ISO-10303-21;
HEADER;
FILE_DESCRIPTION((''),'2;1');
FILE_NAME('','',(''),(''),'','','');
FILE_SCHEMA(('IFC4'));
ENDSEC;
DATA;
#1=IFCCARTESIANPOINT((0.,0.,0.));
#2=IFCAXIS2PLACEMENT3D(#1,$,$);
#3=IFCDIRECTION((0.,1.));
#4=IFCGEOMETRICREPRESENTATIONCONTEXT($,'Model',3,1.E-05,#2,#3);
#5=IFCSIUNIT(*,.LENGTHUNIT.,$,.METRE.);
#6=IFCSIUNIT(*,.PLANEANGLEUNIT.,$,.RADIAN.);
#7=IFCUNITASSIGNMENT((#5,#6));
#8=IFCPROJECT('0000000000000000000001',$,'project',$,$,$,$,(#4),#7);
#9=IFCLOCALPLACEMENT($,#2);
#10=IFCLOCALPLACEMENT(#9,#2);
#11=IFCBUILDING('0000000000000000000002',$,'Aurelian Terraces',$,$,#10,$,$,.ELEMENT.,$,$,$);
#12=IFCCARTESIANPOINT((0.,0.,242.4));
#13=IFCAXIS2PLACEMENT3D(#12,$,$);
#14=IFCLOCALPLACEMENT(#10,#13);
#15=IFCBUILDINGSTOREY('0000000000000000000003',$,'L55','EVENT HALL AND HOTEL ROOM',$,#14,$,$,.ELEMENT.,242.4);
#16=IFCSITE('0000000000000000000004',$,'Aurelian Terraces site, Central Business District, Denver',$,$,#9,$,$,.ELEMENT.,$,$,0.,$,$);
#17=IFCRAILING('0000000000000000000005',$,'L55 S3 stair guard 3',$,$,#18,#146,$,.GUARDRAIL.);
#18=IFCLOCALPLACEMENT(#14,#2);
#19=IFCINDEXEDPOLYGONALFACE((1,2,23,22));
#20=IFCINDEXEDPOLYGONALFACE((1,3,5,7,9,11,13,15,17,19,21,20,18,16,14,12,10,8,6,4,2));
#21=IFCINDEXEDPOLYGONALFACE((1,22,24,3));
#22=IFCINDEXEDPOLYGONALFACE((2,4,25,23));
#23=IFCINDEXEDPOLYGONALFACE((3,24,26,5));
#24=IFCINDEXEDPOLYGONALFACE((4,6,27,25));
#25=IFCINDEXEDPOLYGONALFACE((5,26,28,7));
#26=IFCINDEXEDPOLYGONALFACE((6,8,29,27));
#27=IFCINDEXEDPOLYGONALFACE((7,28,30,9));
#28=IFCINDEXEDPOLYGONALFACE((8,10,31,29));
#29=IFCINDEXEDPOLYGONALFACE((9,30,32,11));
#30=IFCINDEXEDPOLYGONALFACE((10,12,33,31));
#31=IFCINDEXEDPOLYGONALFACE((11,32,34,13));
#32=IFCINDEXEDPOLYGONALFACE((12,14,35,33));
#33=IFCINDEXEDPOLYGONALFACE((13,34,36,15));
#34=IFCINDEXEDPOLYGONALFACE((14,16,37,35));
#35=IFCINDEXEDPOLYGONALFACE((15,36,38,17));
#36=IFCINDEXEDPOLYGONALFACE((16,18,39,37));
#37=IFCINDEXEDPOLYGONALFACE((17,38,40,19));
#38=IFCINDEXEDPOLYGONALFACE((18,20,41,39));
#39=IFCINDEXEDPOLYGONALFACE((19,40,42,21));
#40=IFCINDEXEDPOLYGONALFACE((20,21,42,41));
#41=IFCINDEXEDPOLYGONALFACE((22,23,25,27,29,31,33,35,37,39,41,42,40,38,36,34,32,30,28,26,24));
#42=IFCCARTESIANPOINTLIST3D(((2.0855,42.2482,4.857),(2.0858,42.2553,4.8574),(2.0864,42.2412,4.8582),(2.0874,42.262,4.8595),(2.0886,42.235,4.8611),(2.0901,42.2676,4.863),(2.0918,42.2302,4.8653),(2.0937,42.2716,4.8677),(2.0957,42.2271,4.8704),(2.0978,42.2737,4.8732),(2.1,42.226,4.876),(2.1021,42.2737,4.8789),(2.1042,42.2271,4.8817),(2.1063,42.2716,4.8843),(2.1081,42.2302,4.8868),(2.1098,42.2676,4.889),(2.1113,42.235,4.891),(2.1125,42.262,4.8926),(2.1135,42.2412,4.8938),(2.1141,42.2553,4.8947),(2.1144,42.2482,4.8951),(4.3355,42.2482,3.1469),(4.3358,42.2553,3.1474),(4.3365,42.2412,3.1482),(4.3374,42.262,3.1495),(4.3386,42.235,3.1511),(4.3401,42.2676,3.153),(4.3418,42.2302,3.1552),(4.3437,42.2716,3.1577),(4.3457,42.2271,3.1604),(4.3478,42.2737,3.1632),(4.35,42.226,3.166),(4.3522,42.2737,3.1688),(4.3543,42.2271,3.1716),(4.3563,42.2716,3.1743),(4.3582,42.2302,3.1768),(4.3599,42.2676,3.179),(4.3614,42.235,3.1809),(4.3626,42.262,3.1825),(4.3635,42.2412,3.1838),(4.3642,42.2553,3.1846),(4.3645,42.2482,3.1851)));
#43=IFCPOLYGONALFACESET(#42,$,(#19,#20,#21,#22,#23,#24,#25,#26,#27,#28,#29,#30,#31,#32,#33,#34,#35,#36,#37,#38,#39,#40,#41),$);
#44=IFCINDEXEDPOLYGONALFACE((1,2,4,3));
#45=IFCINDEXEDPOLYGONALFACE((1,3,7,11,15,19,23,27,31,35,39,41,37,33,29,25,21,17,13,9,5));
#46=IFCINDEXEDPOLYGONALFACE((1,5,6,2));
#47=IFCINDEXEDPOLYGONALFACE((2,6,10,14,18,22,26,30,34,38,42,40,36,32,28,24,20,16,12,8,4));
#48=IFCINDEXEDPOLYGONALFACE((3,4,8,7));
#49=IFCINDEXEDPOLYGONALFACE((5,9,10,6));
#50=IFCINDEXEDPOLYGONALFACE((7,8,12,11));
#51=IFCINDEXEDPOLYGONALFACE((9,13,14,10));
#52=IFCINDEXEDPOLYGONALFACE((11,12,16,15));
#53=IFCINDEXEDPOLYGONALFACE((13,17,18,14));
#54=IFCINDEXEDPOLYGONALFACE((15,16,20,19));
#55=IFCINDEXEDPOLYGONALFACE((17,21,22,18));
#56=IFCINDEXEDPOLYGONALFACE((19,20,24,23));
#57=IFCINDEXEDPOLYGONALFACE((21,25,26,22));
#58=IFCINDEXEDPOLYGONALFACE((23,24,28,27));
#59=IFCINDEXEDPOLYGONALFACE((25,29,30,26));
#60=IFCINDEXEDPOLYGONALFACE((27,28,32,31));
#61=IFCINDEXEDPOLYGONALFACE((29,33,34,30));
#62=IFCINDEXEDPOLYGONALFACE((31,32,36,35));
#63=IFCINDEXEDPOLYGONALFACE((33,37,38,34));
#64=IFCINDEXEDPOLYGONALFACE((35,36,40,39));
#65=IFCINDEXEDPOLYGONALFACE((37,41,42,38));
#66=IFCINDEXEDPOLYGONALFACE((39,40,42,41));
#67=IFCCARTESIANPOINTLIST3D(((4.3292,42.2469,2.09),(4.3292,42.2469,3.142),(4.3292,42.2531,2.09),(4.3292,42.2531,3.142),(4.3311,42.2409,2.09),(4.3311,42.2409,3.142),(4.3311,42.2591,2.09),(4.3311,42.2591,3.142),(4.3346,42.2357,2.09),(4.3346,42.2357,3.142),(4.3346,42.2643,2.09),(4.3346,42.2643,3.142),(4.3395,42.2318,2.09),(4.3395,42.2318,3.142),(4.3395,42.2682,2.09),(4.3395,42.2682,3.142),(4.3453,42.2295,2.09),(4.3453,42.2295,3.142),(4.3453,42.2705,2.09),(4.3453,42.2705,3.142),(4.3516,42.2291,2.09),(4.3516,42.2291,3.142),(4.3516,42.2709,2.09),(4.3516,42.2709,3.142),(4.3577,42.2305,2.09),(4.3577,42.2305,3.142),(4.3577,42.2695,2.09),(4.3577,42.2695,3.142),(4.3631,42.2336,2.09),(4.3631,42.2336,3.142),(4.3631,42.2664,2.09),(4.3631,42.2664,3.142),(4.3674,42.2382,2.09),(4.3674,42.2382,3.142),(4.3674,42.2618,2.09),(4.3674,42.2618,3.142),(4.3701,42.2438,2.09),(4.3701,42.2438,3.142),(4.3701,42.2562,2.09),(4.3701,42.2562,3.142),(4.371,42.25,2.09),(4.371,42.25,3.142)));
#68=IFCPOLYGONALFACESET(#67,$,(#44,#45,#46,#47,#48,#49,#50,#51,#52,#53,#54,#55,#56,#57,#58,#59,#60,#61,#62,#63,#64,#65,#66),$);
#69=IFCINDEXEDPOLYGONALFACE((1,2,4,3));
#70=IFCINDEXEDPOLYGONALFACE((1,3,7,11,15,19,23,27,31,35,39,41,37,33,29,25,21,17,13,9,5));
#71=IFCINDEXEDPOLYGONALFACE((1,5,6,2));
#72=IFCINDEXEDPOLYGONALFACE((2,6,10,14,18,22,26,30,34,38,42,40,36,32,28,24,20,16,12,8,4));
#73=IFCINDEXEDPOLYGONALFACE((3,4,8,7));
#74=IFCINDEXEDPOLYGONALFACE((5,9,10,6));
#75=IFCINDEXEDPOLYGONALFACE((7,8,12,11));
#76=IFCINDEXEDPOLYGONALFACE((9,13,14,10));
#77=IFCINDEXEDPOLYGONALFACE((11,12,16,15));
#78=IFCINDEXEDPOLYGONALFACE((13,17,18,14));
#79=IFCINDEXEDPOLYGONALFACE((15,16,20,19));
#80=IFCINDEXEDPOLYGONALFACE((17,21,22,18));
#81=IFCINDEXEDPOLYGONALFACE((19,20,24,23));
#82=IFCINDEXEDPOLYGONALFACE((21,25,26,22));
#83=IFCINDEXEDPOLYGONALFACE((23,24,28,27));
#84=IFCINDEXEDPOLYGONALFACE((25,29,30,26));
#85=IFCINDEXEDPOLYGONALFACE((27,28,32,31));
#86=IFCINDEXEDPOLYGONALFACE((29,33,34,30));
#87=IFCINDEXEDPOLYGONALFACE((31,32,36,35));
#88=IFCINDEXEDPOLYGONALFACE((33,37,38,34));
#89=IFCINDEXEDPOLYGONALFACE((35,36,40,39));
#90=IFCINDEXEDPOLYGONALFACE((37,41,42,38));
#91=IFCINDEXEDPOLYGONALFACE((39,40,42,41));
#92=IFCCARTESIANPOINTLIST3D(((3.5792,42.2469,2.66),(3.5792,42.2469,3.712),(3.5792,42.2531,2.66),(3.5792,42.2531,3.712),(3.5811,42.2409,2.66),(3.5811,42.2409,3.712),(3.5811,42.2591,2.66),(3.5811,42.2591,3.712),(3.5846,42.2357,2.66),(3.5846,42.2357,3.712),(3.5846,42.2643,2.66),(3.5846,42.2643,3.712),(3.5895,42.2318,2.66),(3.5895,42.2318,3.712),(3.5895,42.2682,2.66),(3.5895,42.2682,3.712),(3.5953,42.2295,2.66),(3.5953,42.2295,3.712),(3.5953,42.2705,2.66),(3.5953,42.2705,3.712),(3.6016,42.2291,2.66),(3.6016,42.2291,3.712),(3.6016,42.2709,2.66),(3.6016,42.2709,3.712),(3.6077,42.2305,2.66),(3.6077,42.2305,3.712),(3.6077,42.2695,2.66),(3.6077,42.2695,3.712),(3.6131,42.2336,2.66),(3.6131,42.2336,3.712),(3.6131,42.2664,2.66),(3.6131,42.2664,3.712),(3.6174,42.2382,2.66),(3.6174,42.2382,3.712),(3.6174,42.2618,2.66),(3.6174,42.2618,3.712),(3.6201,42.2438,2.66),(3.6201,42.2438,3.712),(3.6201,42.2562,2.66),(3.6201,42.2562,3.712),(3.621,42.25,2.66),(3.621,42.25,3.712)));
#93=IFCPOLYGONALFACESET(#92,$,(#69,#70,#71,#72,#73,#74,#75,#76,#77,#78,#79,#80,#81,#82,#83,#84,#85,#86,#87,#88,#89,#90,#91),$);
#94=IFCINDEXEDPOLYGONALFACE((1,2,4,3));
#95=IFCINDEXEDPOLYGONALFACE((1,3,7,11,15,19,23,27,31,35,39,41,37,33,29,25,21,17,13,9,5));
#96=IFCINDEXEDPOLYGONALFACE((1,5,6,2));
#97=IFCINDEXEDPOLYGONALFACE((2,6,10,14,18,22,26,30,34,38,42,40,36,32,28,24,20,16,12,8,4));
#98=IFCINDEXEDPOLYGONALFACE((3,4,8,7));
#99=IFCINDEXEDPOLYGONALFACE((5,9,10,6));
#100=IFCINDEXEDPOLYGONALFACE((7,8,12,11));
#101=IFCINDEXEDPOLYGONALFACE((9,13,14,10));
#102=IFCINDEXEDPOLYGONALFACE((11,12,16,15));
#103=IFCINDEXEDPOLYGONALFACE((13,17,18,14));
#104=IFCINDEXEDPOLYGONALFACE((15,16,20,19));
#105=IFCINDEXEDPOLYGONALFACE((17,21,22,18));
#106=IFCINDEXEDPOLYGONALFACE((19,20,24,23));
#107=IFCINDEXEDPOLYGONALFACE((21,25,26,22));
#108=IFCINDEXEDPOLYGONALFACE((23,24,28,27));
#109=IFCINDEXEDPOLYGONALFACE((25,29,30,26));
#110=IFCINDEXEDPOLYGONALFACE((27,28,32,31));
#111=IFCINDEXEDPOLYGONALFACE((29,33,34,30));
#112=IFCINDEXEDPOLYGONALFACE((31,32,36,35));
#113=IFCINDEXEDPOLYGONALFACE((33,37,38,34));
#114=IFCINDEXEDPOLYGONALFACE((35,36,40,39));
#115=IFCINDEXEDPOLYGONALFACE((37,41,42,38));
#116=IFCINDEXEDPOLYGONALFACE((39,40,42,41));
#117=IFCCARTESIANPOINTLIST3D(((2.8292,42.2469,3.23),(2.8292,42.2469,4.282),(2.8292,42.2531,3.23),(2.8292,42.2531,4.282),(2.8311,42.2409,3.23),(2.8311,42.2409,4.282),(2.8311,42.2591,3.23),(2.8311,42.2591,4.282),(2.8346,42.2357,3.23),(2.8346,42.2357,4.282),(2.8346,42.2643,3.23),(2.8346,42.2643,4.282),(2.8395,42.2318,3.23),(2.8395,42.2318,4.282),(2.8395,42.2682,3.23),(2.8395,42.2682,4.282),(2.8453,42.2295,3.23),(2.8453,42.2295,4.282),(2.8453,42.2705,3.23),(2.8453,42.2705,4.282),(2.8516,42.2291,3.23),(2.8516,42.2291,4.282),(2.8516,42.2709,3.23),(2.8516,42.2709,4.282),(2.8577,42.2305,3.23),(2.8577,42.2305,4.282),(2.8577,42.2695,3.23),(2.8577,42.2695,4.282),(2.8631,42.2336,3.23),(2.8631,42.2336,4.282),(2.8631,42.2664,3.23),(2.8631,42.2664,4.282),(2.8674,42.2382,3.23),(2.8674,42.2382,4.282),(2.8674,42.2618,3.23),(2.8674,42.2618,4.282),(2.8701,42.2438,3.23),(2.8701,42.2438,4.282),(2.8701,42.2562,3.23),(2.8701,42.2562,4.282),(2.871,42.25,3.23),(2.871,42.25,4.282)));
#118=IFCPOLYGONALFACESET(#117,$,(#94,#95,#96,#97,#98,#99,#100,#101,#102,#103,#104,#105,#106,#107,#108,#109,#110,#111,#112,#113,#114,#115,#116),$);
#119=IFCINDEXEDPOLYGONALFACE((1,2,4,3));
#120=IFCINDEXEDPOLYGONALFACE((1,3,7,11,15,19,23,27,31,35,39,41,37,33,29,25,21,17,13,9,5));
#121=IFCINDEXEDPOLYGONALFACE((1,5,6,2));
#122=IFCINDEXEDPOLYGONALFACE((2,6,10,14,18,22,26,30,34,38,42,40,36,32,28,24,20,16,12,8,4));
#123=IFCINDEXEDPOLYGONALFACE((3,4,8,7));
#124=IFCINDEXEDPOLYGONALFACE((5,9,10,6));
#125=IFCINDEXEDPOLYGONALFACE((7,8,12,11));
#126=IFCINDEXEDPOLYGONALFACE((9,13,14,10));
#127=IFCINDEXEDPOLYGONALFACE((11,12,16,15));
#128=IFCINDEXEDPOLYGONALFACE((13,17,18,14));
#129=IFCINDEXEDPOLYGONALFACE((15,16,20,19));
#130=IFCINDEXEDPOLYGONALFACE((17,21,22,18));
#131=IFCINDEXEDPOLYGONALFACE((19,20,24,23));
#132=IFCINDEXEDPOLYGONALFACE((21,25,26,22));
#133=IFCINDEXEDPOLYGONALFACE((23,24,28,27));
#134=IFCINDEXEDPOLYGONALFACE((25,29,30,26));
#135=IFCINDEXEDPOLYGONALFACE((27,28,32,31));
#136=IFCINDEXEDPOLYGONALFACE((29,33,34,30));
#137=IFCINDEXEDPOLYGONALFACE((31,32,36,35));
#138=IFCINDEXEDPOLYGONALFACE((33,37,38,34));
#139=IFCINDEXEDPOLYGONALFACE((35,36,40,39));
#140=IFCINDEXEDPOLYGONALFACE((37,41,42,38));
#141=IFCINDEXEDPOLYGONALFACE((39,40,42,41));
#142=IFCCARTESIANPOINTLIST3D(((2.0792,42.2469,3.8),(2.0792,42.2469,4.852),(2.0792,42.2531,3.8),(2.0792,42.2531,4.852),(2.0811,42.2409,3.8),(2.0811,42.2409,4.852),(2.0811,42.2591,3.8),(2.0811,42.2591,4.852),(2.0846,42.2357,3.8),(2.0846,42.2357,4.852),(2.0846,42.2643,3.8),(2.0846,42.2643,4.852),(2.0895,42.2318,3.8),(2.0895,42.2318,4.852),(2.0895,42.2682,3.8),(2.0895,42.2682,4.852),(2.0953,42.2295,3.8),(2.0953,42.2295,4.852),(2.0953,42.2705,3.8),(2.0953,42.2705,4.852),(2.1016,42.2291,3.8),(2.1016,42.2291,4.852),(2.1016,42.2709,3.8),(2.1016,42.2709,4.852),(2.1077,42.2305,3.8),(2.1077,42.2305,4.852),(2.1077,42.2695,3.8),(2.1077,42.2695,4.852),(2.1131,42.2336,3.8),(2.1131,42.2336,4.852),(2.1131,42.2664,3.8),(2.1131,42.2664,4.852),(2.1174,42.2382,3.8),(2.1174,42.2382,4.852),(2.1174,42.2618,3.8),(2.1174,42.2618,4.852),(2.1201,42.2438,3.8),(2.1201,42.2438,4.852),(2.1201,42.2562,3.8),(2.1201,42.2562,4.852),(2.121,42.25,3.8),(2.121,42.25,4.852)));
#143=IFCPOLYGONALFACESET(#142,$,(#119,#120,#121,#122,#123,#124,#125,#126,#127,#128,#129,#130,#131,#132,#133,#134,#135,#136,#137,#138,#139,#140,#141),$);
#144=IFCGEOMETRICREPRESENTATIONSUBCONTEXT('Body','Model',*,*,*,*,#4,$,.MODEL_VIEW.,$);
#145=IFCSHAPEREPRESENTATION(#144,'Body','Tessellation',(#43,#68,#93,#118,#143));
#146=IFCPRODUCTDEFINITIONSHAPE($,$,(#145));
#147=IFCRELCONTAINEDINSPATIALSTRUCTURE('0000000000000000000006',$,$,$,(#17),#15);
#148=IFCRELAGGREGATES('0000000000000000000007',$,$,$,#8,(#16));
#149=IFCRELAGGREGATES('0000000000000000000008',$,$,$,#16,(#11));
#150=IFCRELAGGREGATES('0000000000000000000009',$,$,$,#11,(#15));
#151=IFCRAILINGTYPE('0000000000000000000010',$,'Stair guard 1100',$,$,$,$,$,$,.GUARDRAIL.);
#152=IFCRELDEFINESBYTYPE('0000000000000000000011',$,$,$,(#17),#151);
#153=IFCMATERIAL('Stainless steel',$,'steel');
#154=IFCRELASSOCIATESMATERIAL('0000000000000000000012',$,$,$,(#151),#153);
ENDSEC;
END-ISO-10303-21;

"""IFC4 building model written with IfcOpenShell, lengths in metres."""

from ifc_helpers import new_model, si_unit, direction, frame, origin, origin_2d, place, context, subcontext, project, spatial, circle, extrude, source, transform, mapped, material, type_object, element, save


model = new_model("IFC4")

# Units and contexts
model_context = context("Model", 3, precision=1e-05, world=origin(), true_north=direction((0.0, 1.0)))
body_context = subcontext(model_context, "Body", "Model", "MODEL_VIEW")
ifc_project = project(units=[si_unit("LENGTHUNIT", "METRE"), si_unit("PLANEANGLEUNIT", "RADIAN")], contexts=[model_context])

# Site, building, storey
site_placement = place(None, origin())
site = spatial("IfcSite", under=ifc_project, at=site_placement, Name="Aurelian Terraces site, Central Business District, Denver", CompositionType="ELEMENT", RefElevation=0.0)
building_placement = place(site_placement, origin())
building = spatial("IfcBuilding", under=site, at=building_placement, Name="Aurelian Terraces", CompositionType="ELEMENT")
storey_placement = place(building_placement, frame((0.0, 0.0, 242.4)))
storey = spatial("IfcBuildingStorey", under=building, at=storey_placement, Name="L55", Description="EVENT HALL AND HOTEL ROOM", CompositionType="ELEMENT", Elevation=242.4)

# Railing
ifc_material_1 = material(Name="Stainless steel", Category="steel")
railing_type_1 = type_object("IfcRailingType", Name="Stair guard 1100", PredefinedType="GUARDRAIL", material=ifc_material_1)
shared_shape_1 = source(origin(), body_context, "Body", "SweptSolid", [
    extrude(circle(Radius=0.024, at=origin_2d()), frame((0.0, 0.0, 1.076), z_axis=(-0.796162, 0.0, 0.605083), x_axis=(0.0, -1.0, 0.0)), (0.0, 0.0, 1.0), 2.8261),
    extrude(circle(Radius=0.021, at=origin_2d()), origin(), (0.0, 0.0, 1.0), 1.052),
    extrude(circle(Radius=0.021, at=origin_2d()), frame((-0.75, 0.0, 0.57)), (0.0, 0.0, 1.0), 1.052),
    extrude(circle(Radius=0.021, at=origin_2d()), frame((-1.5, 0.0, 1.14)), (0.0, 0.0, 1.0), 1.052),
    extrude(circle(Radius=0.021, at=origin_2d()), frame((-2.25, 0.0, 1.71)), (0.0, 0.0, 1.0), 1.052),
])
railing_1_placement = place(storey_placement, frame((4.35, 42.25, 2.09)))
element("IfcRailing", 1, at=railing_1_placement, inside=storey, type_object=railing_type_1, Name="L55 S3 stair guard 3", PredefinedType="GUARDRAIL", context=body_context, shape_type="MappedRepresentation", body=[
    mapped(shared_shape_1, transform((0.0, 0.0, 0.0), scale=1.0)),
])

save(model, "model.ifc")
